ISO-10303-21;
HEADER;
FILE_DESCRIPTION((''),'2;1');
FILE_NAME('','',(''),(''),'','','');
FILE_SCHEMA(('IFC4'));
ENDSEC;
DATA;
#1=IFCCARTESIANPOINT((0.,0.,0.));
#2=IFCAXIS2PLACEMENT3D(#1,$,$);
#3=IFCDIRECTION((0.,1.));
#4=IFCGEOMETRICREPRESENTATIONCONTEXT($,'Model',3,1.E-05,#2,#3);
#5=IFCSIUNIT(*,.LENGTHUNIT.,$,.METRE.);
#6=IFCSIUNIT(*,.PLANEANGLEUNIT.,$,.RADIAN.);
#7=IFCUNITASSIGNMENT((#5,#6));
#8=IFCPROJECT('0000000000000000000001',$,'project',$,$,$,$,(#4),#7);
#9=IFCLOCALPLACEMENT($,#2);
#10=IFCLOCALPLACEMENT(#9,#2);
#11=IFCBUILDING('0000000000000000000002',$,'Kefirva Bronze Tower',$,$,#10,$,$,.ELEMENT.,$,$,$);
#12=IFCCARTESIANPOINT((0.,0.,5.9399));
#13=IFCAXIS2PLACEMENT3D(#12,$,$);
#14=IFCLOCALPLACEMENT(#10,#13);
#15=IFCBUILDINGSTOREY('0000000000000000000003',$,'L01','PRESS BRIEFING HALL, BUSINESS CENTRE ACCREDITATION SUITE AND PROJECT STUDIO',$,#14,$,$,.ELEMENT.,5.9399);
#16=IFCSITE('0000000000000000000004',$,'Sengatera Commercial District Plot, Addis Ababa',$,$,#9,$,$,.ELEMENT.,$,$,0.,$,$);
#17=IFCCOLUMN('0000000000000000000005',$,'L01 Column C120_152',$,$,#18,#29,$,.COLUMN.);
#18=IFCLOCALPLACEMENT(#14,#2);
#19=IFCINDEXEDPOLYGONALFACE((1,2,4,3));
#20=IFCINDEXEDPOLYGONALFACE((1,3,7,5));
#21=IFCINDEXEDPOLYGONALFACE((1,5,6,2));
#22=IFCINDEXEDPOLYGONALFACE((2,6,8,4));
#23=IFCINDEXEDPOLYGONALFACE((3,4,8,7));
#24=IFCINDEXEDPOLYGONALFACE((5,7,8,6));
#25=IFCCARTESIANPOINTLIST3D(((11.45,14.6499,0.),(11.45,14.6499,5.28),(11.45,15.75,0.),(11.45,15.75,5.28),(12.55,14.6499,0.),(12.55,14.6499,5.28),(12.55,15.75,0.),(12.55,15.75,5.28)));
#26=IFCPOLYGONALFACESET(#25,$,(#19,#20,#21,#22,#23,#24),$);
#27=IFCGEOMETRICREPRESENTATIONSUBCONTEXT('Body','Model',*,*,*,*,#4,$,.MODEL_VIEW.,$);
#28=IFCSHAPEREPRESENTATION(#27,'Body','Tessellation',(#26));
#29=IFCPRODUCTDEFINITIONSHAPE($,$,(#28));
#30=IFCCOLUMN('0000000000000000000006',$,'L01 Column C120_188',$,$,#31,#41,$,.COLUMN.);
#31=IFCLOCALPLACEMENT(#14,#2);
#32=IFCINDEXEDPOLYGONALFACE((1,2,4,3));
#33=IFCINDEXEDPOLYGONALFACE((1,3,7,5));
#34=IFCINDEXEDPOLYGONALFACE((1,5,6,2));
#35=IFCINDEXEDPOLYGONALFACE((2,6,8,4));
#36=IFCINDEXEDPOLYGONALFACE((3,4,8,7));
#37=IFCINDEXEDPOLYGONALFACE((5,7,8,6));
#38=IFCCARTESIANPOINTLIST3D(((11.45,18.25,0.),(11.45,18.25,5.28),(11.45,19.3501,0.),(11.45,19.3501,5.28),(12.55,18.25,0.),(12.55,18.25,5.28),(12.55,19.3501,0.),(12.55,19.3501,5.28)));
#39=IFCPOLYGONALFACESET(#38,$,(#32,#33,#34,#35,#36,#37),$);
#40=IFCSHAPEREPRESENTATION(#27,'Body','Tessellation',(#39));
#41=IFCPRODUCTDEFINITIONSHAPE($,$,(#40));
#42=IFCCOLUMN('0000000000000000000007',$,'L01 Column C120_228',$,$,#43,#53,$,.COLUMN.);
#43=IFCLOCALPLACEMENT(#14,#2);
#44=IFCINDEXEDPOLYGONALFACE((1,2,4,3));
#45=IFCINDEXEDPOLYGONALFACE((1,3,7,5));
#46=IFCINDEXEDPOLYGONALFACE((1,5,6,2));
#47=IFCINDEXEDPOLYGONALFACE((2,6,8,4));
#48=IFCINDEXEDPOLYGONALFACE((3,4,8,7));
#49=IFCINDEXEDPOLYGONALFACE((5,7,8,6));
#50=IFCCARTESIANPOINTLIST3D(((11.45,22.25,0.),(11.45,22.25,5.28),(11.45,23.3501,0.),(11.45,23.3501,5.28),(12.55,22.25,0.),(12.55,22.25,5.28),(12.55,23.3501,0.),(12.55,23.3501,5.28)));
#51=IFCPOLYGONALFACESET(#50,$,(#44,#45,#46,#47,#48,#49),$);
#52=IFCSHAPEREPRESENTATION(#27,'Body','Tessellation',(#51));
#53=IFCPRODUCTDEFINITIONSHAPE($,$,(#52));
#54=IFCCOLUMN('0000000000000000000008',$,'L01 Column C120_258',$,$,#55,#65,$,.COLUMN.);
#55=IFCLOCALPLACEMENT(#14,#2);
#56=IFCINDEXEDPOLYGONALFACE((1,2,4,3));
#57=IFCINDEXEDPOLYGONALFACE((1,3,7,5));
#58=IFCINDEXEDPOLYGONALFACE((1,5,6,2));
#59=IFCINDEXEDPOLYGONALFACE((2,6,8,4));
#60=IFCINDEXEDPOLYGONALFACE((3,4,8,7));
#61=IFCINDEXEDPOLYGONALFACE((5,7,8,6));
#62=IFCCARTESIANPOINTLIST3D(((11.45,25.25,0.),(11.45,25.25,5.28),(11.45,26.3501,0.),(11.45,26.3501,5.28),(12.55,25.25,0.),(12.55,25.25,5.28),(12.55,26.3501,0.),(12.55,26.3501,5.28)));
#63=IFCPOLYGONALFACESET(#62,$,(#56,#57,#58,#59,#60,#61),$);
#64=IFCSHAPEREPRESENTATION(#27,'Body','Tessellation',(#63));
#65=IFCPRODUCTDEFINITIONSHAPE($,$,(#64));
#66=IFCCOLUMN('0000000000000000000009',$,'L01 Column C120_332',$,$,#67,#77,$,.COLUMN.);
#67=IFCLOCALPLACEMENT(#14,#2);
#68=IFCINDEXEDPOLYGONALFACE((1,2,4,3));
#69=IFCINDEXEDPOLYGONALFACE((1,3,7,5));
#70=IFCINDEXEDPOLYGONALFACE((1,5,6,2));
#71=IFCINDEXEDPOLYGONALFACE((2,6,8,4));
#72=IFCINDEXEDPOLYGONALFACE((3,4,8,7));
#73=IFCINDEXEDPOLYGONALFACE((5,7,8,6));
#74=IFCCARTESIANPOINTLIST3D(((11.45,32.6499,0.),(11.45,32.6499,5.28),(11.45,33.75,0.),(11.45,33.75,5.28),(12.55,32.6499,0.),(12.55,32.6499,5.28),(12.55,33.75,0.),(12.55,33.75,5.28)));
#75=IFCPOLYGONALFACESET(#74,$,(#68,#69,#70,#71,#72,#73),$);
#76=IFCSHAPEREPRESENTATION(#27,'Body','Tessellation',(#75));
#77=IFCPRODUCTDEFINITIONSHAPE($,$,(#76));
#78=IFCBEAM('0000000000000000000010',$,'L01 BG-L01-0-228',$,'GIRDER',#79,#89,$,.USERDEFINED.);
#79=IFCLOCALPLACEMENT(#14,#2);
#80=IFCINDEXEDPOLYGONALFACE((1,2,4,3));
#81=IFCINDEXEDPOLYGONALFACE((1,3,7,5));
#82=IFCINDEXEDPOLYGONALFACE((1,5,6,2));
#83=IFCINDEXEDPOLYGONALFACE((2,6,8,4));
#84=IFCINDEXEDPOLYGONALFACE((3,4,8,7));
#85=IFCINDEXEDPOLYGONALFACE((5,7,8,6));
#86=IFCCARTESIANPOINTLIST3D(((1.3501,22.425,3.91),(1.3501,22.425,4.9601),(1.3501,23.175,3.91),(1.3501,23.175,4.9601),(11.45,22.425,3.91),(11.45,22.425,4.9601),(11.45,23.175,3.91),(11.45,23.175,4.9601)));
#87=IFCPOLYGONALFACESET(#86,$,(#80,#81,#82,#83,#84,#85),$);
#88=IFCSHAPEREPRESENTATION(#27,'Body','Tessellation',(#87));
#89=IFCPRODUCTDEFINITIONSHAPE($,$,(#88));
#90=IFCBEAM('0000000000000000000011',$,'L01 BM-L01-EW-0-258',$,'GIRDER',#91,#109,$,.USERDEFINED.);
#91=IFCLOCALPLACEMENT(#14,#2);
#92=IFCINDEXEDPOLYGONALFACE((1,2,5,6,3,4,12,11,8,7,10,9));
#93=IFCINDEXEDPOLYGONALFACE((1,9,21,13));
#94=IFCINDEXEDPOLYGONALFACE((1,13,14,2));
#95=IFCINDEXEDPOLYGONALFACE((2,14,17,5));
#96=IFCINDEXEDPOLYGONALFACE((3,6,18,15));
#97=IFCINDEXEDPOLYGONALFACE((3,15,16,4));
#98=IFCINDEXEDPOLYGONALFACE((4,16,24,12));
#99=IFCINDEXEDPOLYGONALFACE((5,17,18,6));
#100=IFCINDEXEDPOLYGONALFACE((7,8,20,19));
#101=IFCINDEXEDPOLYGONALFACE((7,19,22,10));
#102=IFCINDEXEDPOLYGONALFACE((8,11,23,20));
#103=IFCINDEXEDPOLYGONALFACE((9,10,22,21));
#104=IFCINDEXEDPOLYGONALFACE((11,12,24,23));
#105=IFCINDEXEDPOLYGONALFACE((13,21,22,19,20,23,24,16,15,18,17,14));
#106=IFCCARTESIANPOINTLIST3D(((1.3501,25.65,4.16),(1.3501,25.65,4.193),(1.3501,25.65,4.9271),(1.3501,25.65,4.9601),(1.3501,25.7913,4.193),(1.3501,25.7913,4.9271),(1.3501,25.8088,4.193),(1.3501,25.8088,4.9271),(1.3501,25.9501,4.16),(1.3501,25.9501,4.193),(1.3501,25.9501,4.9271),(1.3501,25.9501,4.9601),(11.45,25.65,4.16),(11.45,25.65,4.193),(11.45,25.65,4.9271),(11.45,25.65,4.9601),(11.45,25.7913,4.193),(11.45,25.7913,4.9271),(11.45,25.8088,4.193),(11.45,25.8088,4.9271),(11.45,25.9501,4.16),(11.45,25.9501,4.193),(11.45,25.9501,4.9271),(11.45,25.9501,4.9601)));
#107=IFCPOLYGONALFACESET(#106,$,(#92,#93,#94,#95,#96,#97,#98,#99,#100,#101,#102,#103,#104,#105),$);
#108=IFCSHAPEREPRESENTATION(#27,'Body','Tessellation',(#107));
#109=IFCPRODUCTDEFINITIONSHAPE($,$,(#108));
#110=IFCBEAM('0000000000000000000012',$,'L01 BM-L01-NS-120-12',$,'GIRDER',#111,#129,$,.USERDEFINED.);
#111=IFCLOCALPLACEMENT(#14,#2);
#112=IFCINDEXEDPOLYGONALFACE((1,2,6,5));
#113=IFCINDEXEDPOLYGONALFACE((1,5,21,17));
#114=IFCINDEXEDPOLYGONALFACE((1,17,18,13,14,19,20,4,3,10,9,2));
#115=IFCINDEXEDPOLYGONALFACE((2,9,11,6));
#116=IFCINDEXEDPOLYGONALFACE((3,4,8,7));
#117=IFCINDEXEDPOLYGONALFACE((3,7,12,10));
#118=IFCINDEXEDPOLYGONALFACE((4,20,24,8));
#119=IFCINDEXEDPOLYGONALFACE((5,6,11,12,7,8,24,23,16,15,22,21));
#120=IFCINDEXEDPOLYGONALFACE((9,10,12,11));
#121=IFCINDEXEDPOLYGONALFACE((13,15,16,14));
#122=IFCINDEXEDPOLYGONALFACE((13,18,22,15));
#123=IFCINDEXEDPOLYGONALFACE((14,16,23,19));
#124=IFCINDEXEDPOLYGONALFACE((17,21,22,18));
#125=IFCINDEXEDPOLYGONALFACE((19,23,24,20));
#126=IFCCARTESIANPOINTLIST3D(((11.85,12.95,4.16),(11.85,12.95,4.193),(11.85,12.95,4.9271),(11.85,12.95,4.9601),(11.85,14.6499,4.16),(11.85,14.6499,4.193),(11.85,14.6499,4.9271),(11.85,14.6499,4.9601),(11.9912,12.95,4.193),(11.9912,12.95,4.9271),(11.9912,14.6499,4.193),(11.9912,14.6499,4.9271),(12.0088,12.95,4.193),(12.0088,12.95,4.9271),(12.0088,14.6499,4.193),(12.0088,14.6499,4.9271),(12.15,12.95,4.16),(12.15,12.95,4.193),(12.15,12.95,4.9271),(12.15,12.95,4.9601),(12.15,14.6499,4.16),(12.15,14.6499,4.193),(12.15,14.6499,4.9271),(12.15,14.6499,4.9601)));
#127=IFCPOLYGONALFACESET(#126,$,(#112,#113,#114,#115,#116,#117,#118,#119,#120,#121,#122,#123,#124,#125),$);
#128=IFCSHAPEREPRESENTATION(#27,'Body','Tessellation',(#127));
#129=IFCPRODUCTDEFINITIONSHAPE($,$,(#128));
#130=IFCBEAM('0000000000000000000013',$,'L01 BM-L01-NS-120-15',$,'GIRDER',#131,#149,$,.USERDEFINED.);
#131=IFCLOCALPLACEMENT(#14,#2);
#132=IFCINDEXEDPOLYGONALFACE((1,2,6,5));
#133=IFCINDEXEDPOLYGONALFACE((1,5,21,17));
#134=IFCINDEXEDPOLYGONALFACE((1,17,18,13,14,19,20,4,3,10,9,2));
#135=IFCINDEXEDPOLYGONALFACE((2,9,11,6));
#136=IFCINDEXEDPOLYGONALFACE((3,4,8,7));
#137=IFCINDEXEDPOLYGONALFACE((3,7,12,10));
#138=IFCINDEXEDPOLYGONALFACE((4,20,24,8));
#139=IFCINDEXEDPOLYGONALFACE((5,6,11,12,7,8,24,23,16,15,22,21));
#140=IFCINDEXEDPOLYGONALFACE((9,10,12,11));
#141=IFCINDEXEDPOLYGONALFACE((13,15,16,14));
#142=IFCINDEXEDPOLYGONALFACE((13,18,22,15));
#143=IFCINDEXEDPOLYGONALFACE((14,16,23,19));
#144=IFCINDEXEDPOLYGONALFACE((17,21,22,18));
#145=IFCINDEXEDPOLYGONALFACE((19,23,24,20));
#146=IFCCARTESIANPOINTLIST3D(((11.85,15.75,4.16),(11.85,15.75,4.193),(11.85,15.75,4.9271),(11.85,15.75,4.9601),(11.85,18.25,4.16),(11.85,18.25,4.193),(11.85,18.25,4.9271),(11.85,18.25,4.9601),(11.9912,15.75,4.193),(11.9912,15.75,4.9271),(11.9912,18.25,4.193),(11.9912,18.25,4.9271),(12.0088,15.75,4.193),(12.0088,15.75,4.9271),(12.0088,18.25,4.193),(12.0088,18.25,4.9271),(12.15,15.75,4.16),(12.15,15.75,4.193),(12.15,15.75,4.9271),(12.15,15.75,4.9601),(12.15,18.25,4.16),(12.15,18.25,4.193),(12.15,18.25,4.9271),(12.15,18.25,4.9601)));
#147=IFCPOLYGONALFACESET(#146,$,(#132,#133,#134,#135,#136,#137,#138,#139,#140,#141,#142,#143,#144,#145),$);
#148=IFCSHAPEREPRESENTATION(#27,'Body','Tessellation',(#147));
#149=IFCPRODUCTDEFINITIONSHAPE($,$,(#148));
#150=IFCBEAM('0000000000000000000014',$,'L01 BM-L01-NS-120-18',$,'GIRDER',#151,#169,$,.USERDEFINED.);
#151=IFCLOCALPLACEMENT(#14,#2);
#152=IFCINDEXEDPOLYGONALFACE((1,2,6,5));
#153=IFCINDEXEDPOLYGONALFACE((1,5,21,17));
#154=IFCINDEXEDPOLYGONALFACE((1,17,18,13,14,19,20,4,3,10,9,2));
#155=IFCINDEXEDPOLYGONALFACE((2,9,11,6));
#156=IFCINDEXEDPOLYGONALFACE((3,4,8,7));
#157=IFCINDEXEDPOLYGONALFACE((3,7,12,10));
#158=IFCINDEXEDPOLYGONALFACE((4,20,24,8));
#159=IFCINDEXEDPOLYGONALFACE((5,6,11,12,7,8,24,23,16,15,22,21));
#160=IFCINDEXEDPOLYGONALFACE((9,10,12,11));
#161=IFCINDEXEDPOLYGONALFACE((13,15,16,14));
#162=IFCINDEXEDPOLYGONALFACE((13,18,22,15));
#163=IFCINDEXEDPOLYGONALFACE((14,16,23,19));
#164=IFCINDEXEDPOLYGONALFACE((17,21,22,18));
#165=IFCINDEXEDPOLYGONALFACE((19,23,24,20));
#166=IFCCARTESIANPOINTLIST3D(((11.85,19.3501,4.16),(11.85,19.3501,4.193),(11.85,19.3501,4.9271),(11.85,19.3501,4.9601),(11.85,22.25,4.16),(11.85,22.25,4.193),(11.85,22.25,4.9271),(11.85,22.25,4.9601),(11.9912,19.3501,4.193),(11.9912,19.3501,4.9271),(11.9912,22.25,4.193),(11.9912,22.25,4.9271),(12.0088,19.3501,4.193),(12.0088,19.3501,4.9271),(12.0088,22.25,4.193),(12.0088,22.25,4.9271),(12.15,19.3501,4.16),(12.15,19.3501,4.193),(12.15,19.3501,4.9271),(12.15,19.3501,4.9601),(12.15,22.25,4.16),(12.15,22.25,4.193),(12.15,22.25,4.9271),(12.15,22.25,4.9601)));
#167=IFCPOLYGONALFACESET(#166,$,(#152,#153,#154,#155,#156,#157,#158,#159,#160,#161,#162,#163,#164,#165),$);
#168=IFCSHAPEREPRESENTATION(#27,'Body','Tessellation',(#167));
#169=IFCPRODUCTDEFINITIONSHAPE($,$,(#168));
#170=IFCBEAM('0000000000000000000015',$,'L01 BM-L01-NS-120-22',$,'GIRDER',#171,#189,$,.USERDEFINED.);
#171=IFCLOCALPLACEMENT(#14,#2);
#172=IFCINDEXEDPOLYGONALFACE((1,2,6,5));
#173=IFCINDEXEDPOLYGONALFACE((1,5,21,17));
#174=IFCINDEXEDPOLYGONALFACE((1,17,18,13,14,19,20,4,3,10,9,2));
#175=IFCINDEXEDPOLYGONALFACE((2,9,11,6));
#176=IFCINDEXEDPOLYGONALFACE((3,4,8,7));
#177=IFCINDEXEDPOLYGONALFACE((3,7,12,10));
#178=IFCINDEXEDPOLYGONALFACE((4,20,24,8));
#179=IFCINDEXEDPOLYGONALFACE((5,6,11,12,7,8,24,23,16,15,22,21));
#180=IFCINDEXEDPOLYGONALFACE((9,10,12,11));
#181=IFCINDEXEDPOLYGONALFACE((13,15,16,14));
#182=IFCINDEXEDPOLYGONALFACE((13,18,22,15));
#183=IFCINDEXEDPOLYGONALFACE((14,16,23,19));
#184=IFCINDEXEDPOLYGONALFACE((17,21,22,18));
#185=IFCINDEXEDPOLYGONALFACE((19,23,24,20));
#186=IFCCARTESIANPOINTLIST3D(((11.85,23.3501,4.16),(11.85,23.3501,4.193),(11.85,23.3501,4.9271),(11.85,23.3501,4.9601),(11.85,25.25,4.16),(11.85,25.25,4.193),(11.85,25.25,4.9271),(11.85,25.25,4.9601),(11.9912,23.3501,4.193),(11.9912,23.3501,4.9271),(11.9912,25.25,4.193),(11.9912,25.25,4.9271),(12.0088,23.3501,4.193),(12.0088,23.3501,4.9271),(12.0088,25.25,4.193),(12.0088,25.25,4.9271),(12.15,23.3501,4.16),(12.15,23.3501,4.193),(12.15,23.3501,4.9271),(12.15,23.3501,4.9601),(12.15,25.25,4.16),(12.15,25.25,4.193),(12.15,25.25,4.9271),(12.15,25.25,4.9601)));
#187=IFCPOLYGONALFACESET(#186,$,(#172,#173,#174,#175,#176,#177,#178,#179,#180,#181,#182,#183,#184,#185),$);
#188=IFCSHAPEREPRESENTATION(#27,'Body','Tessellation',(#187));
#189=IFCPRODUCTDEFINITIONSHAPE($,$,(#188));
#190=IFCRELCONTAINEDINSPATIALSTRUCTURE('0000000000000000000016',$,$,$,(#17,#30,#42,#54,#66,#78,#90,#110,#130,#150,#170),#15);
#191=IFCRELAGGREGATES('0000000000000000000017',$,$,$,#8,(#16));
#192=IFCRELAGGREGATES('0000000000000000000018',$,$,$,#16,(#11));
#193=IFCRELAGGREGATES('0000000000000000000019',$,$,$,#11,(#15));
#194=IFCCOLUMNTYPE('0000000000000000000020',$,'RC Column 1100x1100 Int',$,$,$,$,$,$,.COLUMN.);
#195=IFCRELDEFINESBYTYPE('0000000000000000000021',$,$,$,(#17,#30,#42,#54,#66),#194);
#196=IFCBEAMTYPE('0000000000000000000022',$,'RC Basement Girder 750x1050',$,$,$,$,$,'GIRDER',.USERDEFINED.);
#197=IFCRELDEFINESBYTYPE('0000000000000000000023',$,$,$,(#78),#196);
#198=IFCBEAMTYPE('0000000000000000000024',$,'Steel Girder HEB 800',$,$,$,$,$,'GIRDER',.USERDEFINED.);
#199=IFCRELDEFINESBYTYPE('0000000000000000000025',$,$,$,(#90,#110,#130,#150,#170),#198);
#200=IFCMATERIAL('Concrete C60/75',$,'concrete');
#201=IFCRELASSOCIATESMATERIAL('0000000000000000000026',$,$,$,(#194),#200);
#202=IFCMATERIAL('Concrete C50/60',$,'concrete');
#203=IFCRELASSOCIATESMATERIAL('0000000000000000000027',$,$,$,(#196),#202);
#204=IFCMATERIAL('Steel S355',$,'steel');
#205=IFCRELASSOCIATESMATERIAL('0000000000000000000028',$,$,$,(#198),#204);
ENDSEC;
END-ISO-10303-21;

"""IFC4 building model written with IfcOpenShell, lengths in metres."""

from ifc_helpers import new_model, si_unit, direction, frame, origin, origin_2d, place, context, subcontext, project, spatial, rectangle, i_section, extrude, material, material_profile, profile_set, type_object, element, save


model = new_model("IFC4")

# Units and contexts
model_context = context("Model", 3, precision=1e-05, world=origin(), true_north=direction((0.0, 1.0)))
body_context = subcontext(model_context, "Body", "Model", "MODEL_VIEW")
ifc_project = project(units=[si_unit("LENGTHUNIT", "METRE"), si_unit("PLANEANGLEUNIT", "RADIAN")], contexts=[model_context])

# Site, building, storey
site_placement = place(None, origin())
site = spatial("IfcSite", under=ifc_project, at=site_placement, Name="Sengatera Commercial District Plot, Addis Ababa", CompositionType="ELEMENT", RefElevation=0.0)
building_placement = place(site_placement, origin())
building = spatial("IfcBuilding", under=site, at=building_placement, Name="Kefirva Bronze Tower", CompositionType="ELEMENT")
storey_placement = place(building_placement, frame((0.0, 0.0, 5.9399)))
storey = spatial("IfcBuildingStorey", under=building, at=storey_placement, Name="L01", Description="PRESS BRIEFING HALL, BUSINESS CENTRE ACCREDITATION SUITE AND PROJECT STUDIO", CompositionType="ELEMENT", Elevation=5.9399)

# Columns
ifc_material_1 = material(Name="Concrete C60/75", Category="concrete")
ifc_material_profile_1 = material_profile(ifc_material_1, rectangle(XDim=1.1001, YDim=1.1001, at=origin_2d()), Name="RC 1100x1100")
ifc_profile_set_1 = profile_set([ifc_material_profile_1], Name="Concrete C60/75")
column_type = type_object("IfcColumnType", Name="RC Column 1100x1100 Int", PredefinedType="COLUMN", material=ifc_profile_set_1)
for number, where, z_axis, x_axis, name in (
    (1, (12.0, 15.2, 0.0), (0.0, 0.0, 1.0), (1.0, 0.0, 0.0), "L01 Column C120_152"),
    (2, (12.0, 18.8, 0.0), (0.0, 0.0, 1.0), (1.0, 0.0, 0.0), "L01 Column C120_188"),
    (3, (12.0, 22.8, 0.0), (0.0, 0.0, 1.0), (1.0, 0.0, 0.0), "L01 Column C120_228"),
    (4, (12.0, 25.8, 0.0), (0.0, 0.0, 1.0), (1.0, 0.0, 0.0), "L01 Column C120_258"),
    (5, (12.0, 33.2, 0.0), (0.0, 0.0, 1.0), (1.0, 0.0, 0.0), "L01 Column C120_332"),
):
    element("IfcColumn", number, at=place(storey_placement, frame(where, z_axis=z_axis, x_axis=x_axis)), inside=storey, type_object=column_type, Name=name, PredefinedType="COLUMN", context=body_context, shape_type="SweptSolid", body=[
        extrude(rectangle(XDim=1.1001, YDim=1.1001, at=origin_2d()), origin(), (0.0, 0.0, 1.0), 5.28),
    ])

# Beams
ifc_material_2 = material(Name="Concrete C50/60", Category="concrete")
ifc_material_profile_2 = material_profile(ifc_material_2, rectangle(XDim=0.75, YDim=1.05, at=origin_2d()), Name="RC 750x1050")
ifc_profile_set_2 = profile_set([ifc_material_profile_2], Name="Concrete C50/60")
beam_type_1 = type_object("IfcBeamType", Name="RC Basement Girder 750x1050", ElementType="GIRDER", PredefinedType="USERDEFINED", material=ifc_profile_set_2)
beam_1_placement = place(storey_placement, frame((1.3501, 22.8, 4.4351), z_axis=(1.0, 0.0, 0.0), x_axis=(0.0, 1.0, 0.0)))
element("IfcBeam", 6, at=beam_1_placement, inside=storey, type_object=beam_type_1, Name="L01 BG-L01-0-228", ObjectType="GIRDER", PredefinedType="USERDEFINED", context=body_context, shape_type="SweptSolid", body=[
    extrude(rectangle(XDim=0.75, YDim=1.05, at=origin_2d()), origin(), (0.0, 0.0, 1.0), 10.0999),
])
ifc_material_3 = material(Name="Steel S355", Category="steel")
ifc_material_profile_3 = material_profile(ifc_material_3, i_section(OverallWidth=0.3, OverallDepth=0.8, WebThickness=0.0176, FlangeThickness=0.033, at=origin_2d()), Name="HEB 800")
ifc_profile_set_3 = profile_set([ifc_material_profile_3], Name="Steel S355")
beam_type_2 = type_object("IfcBeamType", Name="Steel Girder HEB 800", ElementType="GIRDER", PredefinedType="USERDEFINED", material=ifc_profile_set_3)
beam_2_placement = place(storey_placement, frame((1.3501, 25.8, 4.5601), z_axis=(1.0, 0.0, 0.0), x_axis=(0.0, 1.0, 0.0)))
element("IfcBeam", 7, at=beam_2_placement, inside=storey, type_object=beam_type_2, Name="L01 BM-L01-EW-0-258", ObjectType="GIRDER", PredefinedType="USERDEFINED", context=body_context, shape_type="SweptSolid", body=[
    extrude(i_section(OverallWidth=0.3, OverallDepth=0.8, WebThickness=0.0176, FlangeThickness=0.033, at=origin_2d()), origin(), (0.0, 0.0, 1.0), 10.0999),
])
beam_3_placement = place(storey_placement, frame((12.0, 12.95, 4.5601), z_axis=(0.0, 1.0, 0.0), x_axis=(-1.0, 0.0, 0.0)))
element("IfcBeam", 8, at=beam_3_placement, inside=storey, type_object=beam_type_2, Name="L01 BM-L01-NS-120-12", ObjectType="GIRDER", PredefinedType="USERDEFINED", context=body_context, shape_type="SweptSolid", body=[
    extrude(i_section(OverallWidth=0.3, OverallDepth=0.8, WebThickness=0.0176, FlangeThickness=0.033, at=origin_2d()), origin(), (0.0, 0.0, 1.0), 1.7),
])
beam_4_placement = place(storey_placement, frame((12.0, 15.75, 4.5601), z_axis=(0.0, 1.0, 0.0), x_axis=(-1.0, 0.0, 0.0)))
element("IfcBeam", 9, at=beam_4_placement, inside=storey, type_object=beam_type_2, Name="L01 BM-L01-NS-120-15", ObjectType="GIRDER", PredefinedType="USERDEFINED", context=body_context, shape_type="SweptSolid", body=[
    extrude(i_section(OverallWidth=0.3, OverallDepth=0.8, WebThickness=0.0176, FlangeThickness=0.033, at=origin_2d()), origin(), (0.0, 0.0, 1.0), 2.5),
])
beam_5_placement = place(storey_placement, frame((12.0, 19.3501, 4.5601), z_axis=(0.0, 1.0, 0.0), x_axis=(-1.0, 0.0, 0.0)))
element("IfcBeam", 10, at=beam_5_placement, inside=storey, type_object=beam_type_2, Name="L01 BM-L01-NS-120-18", ObjectType="GIRDER", PredefinedType="USERDEFINED", context=body_context, shape_type="SweptSolid", body=[
    extrude(i_section(OverallWidth=0.3, OverallDepth=0.8, WebThickness=0.0176, FlangeThickness=0.033, at=origin_2d()), origin(), (0.0, 0.0, 1.0), 2.8999),
])
beam_6_placement = place(storey_placement, frame((12.0, 23.3501, 4.5601), z_axis=(0.0, 1.0, 0.0), x_axis=(-1.0, 0.0, 0.0)))
element("IfcBeam", 11, at=beam_6_placement, inside=storey, type_object=beam_type_2, Name="L01 BM-L01-NS-120-22", ObjectType="GIRDER", PredefinedType="USERDEFINED", context=body_context, shape_type="SweptSolid", body=[
    extrude(i_section(OverallWidth=0.3, OverallDepth=0.8, WebThickness=0.0176, FlangeThickness=0.033, at=origin_2d()), origin(), (0.0, 0.0, 1.0), 1.8999),
])

save(model, "model.ifc")
